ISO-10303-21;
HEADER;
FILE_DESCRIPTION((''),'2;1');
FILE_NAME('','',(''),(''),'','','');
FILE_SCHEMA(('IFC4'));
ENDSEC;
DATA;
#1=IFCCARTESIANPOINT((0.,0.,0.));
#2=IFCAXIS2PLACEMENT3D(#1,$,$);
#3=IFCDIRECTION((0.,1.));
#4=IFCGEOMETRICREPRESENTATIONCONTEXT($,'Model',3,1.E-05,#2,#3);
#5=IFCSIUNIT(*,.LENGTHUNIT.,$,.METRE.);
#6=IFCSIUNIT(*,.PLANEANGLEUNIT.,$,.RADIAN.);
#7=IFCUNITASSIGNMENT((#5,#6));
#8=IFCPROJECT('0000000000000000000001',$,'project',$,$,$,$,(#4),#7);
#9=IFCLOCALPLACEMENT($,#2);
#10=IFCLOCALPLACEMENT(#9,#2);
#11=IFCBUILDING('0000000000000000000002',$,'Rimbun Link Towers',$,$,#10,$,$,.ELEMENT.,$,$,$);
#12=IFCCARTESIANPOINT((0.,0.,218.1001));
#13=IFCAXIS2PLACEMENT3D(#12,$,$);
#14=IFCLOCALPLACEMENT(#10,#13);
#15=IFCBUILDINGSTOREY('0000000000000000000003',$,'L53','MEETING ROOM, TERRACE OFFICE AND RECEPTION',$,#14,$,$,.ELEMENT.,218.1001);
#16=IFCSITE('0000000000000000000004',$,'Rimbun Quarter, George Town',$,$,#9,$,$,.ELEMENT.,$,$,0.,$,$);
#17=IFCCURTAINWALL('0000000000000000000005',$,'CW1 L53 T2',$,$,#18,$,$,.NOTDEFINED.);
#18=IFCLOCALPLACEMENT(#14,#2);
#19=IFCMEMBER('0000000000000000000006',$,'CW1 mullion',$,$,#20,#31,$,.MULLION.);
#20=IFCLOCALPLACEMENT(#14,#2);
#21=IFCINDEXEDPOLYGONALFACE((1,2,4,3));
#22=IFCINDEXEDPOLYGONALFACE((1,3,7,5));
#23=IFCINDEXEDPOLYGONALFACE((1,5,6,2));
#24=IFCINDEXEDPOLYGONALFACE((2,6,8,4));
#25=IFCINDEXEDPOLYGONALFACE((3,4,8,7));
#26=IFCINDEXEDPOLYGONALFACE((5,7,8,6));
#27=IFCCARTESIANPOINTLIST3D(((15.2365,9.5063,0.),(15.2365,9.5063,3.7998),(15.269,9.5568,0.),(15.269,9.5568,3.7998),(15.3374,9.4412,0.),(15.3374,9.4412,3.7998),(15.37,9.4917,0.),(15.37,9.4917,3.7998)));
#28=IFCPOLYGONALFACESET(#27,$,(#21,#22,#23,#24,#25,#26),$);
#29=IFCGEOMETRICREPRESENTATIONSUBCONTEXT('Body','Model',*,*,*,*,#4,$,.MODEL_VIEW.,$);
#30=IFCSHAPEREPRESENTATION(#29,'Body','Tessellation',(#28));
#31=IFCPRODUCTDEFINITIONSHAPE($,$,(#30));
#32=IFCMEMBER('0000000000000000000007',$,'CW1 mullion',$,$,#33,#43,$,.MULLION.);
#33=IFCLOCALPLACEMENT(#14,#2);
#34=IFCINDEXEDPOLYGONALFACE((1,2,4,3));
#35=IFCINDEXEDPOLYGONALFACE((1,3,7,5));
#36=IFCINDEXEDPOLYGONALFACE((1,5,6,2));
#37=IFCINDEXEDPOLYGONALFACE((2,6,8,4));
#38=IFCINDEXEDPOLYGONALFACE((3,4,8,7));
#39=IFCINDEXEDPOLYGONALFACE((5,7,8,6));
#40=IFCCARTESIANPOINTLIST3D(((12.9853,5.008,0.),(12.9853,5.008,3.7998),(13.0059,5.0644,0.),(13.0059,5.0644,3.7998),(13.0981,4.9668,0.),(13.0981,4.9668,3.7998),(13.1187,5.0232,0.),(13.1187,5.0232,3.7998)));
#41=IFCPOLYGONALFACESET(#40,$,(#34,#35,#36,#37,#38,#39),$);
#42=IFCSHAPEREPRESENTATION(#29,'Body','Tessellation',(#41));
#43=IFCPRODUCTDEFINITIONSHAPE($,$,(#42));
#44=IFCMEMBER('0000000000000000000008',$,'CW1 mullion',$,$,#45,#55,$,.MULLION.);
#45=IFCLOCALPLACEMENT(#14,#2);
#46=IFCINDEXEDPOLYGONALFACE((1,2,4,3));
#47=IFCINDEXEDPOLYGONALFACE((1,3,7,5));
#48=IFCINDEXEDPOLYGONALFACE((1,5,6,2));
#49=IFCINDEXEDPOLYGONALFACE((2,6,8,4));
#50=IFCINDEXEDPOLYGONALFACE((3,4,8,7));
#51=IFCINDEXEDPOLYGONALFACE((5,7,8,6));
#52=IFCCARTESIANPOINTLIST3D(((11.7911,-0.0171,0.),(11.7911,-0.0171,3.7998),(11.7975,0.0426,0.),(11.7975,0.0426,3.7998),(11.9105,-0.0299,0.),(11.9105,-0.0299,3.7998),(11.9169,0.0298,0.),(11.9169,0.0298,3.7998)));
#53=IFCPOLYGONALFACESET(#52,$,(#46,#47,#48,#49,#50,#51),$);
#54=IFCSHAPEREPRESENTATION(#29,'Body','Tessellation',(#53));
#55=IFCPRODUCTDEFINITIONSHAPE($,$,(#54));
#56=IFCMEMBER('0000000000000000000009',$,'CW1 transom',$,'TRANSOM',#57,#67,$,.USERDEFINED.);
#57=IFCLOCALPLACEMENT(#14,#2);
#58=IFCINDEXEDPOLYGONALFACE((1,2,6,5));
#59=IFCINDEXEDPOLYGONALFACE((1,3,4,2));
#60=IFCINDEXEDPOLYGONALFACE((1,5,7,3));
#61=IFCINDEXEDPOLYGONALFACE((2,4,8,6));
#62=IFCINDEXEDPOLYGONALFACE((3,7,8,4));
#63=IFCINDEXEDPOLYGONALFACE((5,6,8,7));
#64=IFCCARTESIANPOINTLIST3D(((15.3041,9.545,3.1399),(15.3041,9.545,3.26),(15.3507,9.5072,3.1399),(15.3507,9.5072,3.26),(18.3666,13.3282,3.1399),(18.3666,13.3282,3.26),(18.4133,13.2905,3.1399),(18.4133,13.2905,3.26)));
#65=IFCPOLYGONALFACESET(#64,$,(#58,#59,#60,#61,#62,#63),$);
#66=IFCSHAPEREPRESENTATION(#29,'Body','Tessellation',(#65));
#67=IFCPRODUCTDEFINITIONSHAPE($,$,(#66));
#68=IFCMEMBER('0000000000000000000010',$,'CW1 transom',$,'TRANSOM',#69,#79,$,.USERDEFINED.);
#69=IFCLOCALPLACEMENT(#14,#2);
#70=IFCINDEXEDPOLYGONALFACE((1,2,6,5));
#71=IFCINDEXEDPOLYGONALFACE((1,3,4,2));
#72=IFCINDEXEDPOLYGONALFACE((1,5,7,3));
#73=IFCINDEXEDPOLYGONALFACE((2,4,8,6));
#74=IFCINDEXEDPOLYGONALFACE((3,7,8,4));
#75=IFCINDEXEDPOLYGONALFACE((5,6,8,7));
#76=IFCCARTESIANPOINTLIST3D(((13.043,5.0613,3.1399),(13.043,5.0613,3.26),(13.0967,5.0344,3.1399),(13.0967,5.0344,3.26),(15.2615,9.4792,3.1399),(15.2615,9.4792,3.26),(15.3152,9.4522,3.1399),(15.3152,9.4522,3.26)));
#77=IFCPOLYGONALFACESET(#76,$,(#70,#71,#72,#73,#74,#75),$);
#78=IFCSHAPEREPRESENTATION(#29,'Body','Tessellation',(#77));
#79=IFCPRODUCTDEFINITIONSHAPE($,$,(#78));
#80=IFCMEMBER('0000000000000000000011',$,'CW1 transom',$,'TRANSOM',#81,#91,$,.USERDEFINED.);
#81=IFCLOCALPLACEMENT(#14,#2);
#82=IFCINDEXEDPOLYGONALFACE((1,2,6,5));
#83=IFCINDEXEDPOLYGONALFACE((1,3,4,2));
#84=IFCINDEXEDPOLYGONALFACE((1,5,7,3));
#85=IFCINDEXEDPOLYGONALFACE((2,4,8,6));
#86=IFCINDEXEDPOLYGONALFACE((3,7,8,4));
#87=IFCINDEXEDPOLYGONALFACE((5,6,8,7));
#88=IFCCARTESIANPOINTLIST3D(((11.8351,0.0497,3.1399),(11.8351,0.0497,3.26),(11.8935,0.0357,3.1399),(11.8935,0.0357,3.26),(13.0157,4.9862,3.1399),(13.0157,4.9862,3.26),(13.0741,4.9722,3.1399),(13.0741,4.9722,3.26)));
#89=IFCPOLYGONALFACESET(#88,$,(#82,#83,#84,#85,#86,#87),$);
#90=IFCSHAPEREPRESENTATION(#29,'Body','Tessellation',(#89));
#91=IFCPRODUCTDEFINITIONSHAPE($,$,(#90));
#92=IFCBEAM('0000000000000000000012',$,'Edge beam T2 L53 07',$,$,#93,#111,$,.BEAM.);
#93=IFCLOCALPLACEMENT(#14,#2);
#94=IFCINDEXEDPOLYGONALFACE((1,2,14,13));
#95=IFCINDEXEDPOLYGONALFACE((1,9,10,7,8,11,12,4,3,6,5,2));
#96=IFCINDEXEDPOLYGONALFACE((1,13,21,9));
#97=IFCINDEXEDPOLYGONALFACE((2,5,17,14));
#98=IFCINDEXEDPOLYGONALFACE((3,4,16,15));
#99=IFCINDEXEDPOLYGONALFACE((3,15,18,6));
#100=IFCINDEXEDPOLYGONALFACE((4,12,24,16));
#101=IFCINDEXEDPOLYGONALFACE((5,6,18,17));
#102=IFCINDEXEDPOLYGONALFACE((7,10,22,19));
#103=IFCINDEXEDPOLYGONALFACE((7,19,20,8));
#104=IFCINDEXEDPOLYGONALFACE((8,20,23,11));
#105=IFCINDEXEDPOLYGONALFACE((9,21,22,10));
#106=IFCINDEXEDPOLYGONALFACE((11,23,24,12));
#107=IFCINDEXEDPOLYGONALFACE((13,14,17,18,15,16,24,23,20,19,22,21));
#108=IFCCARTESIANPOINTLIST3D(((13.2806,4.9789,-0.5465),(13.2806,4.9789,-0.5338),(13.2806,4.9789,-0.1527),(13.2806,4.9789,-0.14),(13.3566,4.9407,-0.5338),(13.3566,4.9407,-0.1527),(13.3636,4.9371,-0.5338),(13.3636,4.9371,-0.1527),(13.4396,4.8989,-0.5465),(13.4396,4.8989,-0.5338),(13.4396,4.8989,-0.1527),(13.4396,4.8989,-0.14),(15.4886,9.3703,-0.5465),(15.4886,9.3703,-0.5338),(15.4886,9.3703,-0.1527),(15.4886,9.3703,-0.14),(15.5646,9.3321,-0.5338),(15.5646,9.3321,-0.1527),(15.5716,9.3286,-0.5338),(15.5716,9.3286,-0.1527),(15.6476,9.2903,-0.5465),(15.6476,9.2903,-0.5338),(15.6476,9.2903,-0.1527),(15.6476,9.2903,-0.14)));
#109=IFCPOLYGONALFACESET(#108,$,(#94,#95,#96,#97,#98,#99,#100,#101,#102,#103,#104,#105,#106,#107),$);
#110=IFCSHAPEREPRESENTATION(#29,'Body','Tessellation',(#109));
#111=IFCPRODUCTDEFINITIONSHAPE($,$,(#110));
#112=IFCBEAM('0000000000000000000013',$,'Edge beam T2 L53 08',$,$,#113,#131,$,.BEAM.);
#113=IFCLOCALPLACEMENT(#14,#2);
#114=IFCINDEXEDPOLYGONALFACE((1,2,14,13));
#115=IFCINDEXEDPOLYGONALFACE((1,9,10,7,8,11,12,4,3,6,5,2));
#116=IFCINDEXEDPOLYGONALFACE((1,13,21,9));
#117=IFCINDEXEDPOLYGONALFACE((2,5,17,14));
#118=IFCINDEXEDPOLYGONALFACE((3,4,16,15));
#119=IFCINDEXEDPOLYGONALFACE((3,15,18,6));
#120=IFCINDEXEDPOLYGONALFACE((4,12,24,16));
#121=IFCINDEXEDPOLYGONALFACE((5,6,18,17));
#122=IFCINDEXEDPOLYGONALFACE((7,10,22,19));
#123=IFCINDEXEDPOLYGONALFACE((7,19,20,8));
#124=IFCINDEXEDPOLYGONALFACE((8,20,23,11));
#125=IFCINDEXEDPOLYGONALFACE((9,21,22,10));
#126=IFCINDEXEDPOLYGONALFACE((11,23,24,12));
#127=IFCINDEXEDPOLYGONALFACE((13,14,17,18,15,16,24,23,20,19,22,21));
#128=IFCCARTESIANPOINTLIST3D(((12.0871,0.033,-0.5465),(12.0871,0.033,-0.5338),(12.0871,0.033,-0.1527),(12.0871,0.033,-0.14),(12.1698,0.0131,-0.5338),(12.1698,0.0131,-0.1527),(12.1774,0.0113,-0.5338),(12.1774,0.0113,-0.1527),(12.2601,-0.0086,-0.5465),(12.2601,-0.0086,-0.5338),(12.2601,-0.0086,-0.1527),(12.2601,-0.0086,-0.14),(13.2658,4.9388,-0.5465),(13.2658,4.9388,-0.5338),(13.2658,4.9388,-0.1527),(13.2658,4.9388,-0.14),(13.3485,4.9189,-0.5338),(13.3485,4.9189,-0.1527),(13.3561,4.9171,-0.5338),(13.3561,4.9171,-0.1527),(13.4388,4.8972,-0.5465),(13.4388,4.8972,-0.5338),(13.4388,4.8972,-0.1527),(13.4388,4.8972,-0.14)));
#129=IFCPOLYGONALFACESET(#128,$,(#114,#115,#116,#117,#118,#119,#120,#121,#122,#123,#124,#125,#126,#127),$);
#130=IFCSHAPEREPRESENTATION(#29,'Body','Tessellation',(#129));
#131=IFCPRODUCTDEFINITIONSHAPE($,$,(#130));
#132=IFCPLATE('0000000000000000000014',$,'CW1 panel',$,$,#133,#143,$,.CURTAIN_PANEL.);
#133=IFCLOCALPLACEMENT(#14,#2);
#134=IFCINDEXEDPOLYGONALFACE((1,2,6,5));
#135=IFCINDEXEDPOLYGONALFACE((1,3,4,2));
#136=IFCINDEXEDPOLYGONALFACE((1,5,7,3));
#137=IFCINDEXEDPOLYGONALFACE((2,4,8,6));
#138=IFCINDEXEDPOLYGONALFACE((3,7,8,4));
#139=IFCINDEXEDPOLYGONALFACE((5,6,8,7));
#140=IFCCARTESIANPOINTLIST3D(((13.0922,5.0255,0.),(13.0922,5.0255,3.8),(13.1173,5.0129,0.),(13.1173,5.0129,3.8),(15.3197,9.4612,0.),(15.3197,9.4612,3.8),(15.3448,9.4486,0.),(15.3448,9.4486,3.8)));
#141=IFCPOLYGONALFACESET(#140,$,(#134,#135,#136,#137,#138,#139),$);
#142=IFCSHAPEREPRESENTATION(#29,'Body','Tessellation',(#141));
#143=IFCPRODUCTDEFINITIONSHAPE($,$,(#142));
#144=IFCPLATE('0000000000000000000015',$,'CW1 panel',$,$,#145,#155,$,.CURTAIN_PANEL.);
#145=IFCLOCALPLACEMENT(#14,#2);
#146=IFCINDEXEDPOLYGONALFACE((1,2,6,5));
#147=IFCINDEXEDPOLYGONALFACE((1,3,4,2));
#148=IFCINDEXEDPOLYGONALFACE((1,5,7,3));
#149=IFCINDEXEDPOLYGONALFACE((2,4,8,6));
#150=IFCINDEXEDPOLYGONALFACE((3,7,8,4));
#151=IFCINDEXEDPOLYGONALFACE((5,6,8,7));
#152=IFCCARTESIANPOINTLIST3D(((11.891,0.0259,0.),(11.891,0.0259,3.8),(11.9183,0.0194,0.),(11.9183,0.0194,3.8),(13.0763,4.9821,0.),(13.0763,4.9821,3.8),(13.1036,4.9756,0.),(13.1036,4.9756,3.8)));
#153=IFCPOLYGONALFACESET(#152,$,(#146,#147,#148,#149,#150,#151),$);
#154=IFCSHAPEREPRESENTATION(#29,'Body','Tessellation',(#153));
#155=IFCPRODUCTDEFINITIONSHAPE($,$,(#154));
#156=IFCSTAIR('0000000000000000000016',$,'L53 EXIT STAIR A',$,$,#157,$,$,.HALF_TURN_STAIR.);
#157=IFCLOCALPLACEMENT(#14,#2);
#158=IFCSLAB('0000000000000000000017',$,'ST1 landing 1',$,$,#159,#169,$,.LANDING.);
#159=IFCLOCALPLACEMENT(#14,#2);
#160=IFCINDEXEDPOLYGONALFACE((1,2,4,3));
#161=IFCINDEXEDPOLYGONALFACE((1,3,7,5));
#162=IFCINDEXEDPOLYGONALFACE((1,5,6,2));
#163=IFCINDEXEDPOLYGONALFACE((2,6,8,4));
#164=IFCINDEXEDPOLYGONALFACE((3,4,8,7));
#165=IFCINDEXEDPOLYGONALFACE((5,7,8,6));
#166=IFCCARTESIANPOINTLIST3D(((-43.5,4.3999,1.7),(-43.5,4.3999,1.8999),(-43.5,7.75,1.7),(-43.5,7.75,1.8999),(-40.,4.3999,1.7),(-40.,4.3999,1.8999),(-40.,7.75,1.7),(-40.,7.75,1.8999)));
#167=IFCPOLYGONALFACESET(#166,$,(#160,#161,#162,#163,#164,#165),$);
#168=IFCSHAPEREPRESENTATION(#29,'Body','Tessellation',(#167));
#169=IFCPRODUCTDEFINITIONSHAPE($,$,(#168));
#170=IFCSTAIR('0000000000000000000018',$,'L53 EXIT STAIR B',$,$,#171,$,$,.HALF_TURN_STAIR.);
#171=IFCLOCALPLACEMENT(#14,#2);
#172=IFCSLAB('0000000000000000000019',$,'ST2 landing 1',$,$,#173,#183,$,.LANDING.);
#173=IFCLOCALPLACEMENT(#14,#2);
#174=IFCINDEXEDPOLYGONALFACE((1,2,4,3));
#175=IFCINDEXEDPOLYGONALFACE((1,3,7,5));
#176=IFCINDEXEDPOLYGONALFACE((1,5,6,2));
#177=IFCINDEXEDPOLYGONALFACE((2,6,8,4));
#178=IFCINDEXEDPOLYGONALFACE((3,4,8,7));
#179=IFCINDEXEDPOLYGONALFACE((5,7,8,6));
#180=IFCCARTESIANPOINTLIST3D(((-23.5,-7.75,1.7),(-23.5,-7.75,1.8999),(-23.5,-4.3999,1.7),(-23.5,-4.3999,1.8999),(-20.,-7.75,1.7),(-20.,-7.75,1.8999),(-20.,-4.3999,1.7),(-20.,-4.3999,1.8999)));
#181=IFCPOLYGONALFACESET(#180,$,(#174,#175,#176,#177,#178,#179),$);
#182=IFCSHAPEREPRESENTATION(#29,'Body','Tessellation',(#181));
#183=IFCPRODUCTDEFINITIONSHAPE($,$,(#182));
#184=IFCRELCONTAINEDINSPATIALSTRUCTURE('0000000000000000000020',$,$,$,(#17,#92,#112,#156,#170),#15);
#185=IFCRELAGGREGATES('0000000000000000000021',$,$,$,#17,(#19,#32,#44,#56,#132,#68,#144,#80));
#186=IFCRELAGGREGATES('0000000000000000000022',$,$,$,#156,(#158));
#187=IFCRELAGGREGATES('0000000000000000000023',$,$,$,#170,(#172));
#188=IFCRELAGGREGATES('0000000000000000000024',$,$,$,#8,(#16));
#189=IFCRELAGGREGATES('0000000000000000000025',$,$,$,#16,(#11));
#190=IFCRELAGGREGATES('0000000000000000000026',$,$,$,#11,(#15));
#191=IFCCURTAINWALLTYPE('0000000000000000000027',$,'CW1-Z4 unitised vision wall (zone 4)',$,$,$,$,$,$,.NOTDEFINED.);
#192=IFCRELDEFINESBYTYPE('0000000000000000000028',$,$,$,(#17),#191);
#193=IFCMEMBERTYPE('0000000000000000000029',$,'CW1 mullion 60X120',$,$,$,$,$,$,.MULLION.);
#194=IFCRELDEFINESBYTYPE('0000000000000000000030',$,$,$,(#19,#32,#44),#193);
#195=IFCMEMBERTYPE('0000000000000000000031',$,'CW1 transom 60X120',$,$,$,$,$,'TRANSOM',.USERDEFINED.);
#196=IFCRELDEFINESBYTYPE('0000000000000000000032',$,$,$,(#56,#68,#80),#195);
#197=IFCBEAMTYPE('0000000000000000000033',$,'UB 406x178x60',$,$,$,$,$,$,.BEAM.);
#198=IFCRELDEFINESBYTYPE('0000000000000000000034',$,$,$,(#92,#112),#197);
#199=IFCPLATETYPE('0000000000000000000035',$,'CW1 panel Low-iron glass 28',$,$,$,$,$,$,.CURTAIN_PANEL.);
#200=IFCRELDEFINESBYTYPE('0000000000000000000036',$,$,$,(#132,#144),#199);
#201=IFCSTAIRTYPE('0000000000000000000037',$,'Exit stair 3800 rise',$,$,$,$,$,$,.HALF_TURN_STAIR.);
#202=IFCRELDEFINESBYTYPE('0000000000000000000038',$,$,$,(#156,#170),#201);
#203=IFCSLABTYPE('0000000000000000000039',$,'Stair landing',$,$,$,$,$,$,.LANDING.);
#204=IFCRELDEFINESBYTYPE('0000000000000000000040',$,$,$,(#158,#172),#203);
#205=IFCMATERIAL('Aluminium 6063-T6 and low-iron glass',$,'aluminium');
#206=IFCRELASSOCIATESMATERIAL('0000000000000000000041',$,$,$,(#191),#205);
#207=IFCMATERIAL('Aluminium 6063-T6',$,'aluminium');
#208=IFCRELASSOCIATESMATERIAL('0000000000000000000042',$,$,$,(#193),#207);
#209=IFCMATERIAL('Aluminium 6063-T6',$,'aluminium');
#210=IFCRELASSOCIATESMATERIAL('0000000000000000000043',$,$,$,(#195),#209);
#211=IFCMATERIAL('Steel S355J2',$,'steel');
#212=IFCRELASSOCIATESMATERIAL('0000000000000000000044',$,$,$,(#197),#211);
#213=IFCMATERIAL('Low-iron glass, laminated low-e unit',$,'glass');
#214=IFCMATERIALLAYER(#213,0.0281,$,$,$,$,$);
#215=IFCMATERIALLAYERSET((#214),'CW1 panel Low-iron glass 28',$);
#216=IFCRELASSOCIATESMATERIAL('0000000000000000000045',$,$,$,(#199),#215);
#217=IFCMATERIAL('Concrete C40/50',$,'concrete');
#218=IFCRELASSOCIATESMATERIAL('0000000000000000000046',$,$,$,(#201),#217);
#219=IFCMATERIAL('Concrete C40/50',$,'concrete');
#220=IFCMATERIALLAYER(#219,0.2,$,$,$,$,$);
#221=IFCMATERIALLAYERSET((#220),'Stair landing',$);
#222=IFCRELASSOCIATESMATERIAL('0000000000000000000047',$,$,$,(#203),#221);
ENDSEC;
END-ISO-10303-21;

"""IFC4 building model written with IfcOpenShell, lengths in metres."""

from ifc_helpers import new_model, si_unit, direction, frame, origin, origin_2d, place, context, subcontext, project, spatial, polyline, rectangle, i_section, outline, extrude, material, layer, layer_set, material_profile, profile_set, type_object, element, aggregate, save


model = new_model("IFC4")

# Units and contexts
model_context = context("Model", 3, precision=1e-05, world=origin(), true_north=direction((0.0, 1.0)))
body_context = subcontext(model_context, "Body", "Model", "MODEL_VIEW")
ifc_project = project(units=[si_unit("LENGTHUNIT", "METRE"), si_unit("PLANEANGLEUNIT", "RADIAN")], contexts=[model_context])

# Site, building, storey
site_placement = place(None, origin())
site = spatial("IfcSite", under=ifc_project, at=site_placement, Name="Rimbun Quarter, George Town", CompositionType="ELEMENT", RefElevation=0.0)
building_placement = place(site_placement, origin())
building = spatial("IfcBuilding", under=site, at=building_placement, Name="Rimbun Link Towers", CompositionType="ELEMENT")
storey_placement = place(building_placement, frame((0.0, 0.0, 218.1001)))
storey = spatial("IfcBuildingStorey", under=building, at=storey_placement, Name="L53", Description="MEETING ROOM, TERRACE OFFICE AND RECEPTION", CompositionType="ELEMENT", Elevation=218.1001)

# Curtain wall, members
ifc_material_1 = material(Name="Aluminium 6063-T6 and low-iron glass", Category="aluminium")
curtain_wall_type = type_object("IfcCurtainWallType", Name="CW1-Z4 unitised vision wall (zone 4)", PredefinedType="NOTDEFINED", material=ifc_material_1)
curtain_wall_placement = place(storey_placement, origin())
curtain_wall = element("IfcCurtainWall", 1, at=curtain_wall_placement, inside=storey, type_object=curtain_wall_type, Name="CW1 L53 T2", PredefinedType="NOTDEFINED")
ifc_material_2 = material(Name="Aluminium 6063-T6", Category="aluminium")
ifc_material_profile_1 = material_profile(ifc_material_2, rectangle(XDim=0.1201, YDim=0.0601, at=origin_2d()), Name="MULLION 60X120")
ifc_profile_set_1 = profile_set([ifc_material_profile_1], Name="Aluminium 6063-T6")
member_type_1 = type_object("IfcMemberType", Name="CW1 mullion 60X120", PredefinedType="MULLION", material=ifc_profile_set_1)
member_1_placement = place(storey_placement, frame((15.3032, 9.499, 0.0), z_axis=(0.0, 0.0, 1.0), x_axis=(-0.840314, 0.5421, 0.0)))
member_1 = element("IfcMember", 2, at=member_1_placement, type_object=member_type_1, Name="CW1 mullion", PredefinedType="MULLION", context=body_context, shape_type="SweptSolid", body=[
    extrude(rectangle(XDim=0.1201, YDim=0.0601, at=origin_2d()), origin(), (0.0, 0.0, 1.0), 3.7998),
])
member_2_placement = place(storey_placement, frame((13.052, 5.0156, 0.0), z_axis=(0.0, 0.0, 1.0), x_axis=(-0.93935, 0.34296, 0.0)))
member_2 = element("IfcMember", 3, at=member_2_placement, type_object=member_type_1, Name="CW1 mullion", PredefinedType="MULLION", context=body_context, shape_type="SweptSolid", body=[
    extrude(rectangle(XDim=0.1201, YDim=0.0601, at=origin_2d()), origin(), (0.0, 0.0, 1.0), 3.7998),
])
member_3_placement = place(storey_placement, frame((11.854, 0.0063, 0.0), z_axis=(0.0, 0.0, 1.0), x_axis=(-0.994297, 0.106644, 0.0)))
member_3 = element("IfcMember", 4, at=member_3_placement, type_object=member_type_1, Name="CW1 mullion", PredefinedType="MULLION", context=body_context, shape_type="SweptSolid", body=[
    extrude(rectangle(XDim=0.1201, YDim=0.0601, at=origin_2d()), origin(), (0.0, 0.0, 1.0), 3.7998),
])
ifc_material_3 = material(Name="Aluminium 6063-T6", Category="aluminium")
ifc_material_profile_2 = material_profile(ifc_material_3, rectangle(XDim=0.0601, YDim=0.1201, at=origin_2d()), Name="TRANSOM 60X120")
ifc_profile_set_2 = profile_set([ifc_material_profile_2], Name="Aluminium 6063-T6")
member_type_2 = type_object("IfcMemberType", Name="CW1 transom 60X120", ElementType="TRANSOM", PredefinedType="USERDEFINED", material=ifc_profile_set_2)
member_4_placement = place(storey_placement, frame((15.3274, 9.5261, 3.2), z_axis=(0.629187, 0.777254, 0.0), x_axis=(-0.777254, 0.629187, 0.0)))
member_4 = element("IfcMember", 5, at=member_4_placement, type_object=member_type_2, Name="CW1 transom", ObjectType="TRANSOM", PredefinedType="USERDEFINED", context=body_context, shape_type="SweptSolid", body=[
    extrude(rectangle(XDim=0.0601, YDim=0.1201, at=origin_2d()), origin(), (0.0, 0.0, 1.0), 4.8674),
])
member_5_placement = place(storey_placement, frame((13.0698, 5.0479, 3.2), z_axis=(0.448774, 0.893646, 0.0), x_axis=(-0.893646, 0.448774, 0.0)))
member_5 = element("IfcMember", 6, at=member_5_placement, type_object=member_type_2, Name="CW1 transom", ObjectType="TRANSOM", PredefinedType="USERDEFINED", context=body_context, shape_type="SweptSolid", body=[
    extrude(rectangle(XDim=0.0601, YDim=0.1201, at=origin_2d()), origin(), (0.0, 0.0, 1.0), 4.9436),
])
member_6_placement = place(storey_placement, frame((11.8643, 0.0427, 3.2), z_axis=(0.232609, 0.97257, 0.0), x_axis=(-0.97257, 0.232609, 0.0)))
member_6 = element("IfcMember", 7, at=member_6_placement, type_object=member_type_2, Name="CW1 transom", ObjectType="TRANSOM", PredefinedType="USERDEFINED", context=body_context, shape_type="SweptSolid", body=[
    extrude(rectangle(XDim=0.0601, YDim=0.1201, at=origin_2d()), origin(), (0.0, 0.0, 1.0), 5.0757),
])

# Beams
ifc_material_4 = material(Name="Steel S355J2", Category="steel")
ifc_material_profile_3 = material_profile(ifc_material_4, i_section(OverallWidth=0.178, OverallDepth=0.4065, WebThickness=0.0078, FlangeThickness=0.0127, at=origin_2d()), Name="UB 406x178x60")
ifc_profile_set_3 = profile_set([ifc_material_profile_3], Name="Steel S355J2")
beam_type = type_object("IfcBeamType", Name="UB 406x178x60", PredefinedType="BEAM", material=ifc_profile_set_3)
beam_1_placement = place(storey_placement, frame((15.5681, 9.3303, -0.3433), z_axis=(-0.449219, -0.893422, 0.0), x_axis=(0.893422, -0.449219, 0.0)))
element("IfcBeam", 8, at=beam_1_placement, inside=storey, type_object=beam_type, Name="Edge beam T2 L53 07", PredefinedType="BEAM", context=body_context, shape_type="SweptSolid", body=[
    extrude(i_section(OverallWidth=0.178, OverallDepth=0.4065, WebThickness=0.0078, FlangeThickness=0.0127, at=origin_2d()), origin(), (0.0, 0.0, 1.0), 4.9153),
])
beam_2_placement = place(storey_placement, frame((13.3523, 4.918, -0.3433), z_axis=(-0.233622, -0.972328, 0.0), x_axis=(0.972328, -0.233622, 0.0)))
element("IfcBeam", 9, at=beam_2_placement, inside=storey, type_object=beam_type, Name="Edge beam T2 L53 08", PredefinedType="BEAM", context=body_context, shape_type="SweptSolid", body=[
    extrude(i_section(OverallWidth=0.178, OverallDepth=0.4065, WebThickness=0.0078, FlangeThickness=0.0127, at=origin_2d()), origin(), (0.0, 0.0, 1.0), 5.0454),
])

# Plates
ifc_material_5 = material(Name="Low-iron glass, laminated low-e unit", Category="glass")
ifc_layer_1 = layer(ifc_material_5, 0.0281)
ifc_layer_set_1 = layer_set([ifc_layer_1], Name="CW1 panel Low-iron glass 28")
plate_type = type_object("IfcPlateType", Name="CW1 panel Low-iron glass 28", PredefinedType="CURTAIN_PANEL", material=ifc_layer_set_1)
plate_1_placement = place(storey_placement, frame((14.2185, 7.2371, 0.0), z_axis=(0.0, 0.0, 1.0), x_axis=(0.448764, 0.89365, 0.0)))
plate_1 = element("IfcPlate", 10, at=plate_1_placement, type_object=plate_type, Name="CW1 panel", PredefinedType="CURTAIN_PANEL", context=body_context, shape_type="SweptSolid", body=[
    extrude(rectangle(XDim=4.9636, YDim=0.0281, at=origin_2d()), origin(), (0.0, 0.0, 1.0), 3.8),
])
plate_2_placement = place(storey_placement, frame((12.4973, 2.5007, 0.0), z_axis=(0.0, 0.0, 1.0), x_axis=(0.2326, 0.972573, 0.0)))
plate_2 = element("IfcPlate", 11, at=plate_2_placement, type_object=plate_type, Name="CW1 panel", PredefinedType="CURTAIN_PANEL", context=body_context, shape_type="SweptSolid", body=[
    extrude(rectangle(XDim=5.0959, YDim=0.0281, at=origin_2d()), origin(), (0.0, 0.0, 1.0), 3.8),
])
aggregate(curtain_wall, [member_1, member_2, member_3, member_4, plate_1, member_5, plate_2, member_6])

# Stairs, slabs
ifc_material_6 = material(Name="Concrete C40/50", Category="concrete")
stair_type = type_object("IfcStairType", Name="Exit stair 3800 rise", PredefinedType="HALF_TURN_STAIR", material=ifc_material_6)
stair_1_placement = place(storey_placement, origin())
stair_1 = element("IfcStair", 12, at=stair_1_placement, inside=storey, type_object=stair_type, Name="L53 EXIT STAIR A", PredefinedType="HALF_TURN_STAIR")
ifc_material_7 = material(Name="Concrete C40/50", Category="concrete")
ifc_layer_2 = layer(ifc_material_7, 0.2)
ifc_layer_set_2 = layer_set([ifc_layer_2], Name="Stair landing")
slab_type = type_object("IfcSlabType", Name="Stair landing", PredefinedType="LANDING", material=ifc_layer_set_2)
slab_1_placement = place(storey_placement, frame((0.0, 0.0, 1.7)))
slab_1 = element("IfcSlab", 13, at=slab_1_placement, type_object=slab_type, Name="ST1 landing 1", PredefinedType="LANDING", context=body_context, shape_type="SweptSolid", body=[
    extrude(outline(polyline([(-40.0, 7.75), (-43.5, 7.75), (-43.5, 4.3999), (-40.0, 4.3999), (-40.0, 7.75)])), origin(), (0.0, 0.0, 1.0), 0.2),
])
aggregate(stair_1, [slab_1])
stair_2_placement = place(storey_placement, origin())
stair_2 = element("IfcStair", 14, at=stair_2_placement, inside=storey, type_object=stair_type, Name="L53 EXIT STAIR B", PredefinedType="HALF_TURN_STAIR")
slab_2_placement = place(storey_placement, frame((0.0, 0.0, 1.7)))
slab_2 = element("IfcSlab", 15, at=slab_2_placement, type_object=slab_type, Name="ST2 landing 1", PredefinedType="LANDING", context=body_context, shape_type="SweptSolid", body=[
    extrude(outline(polyline([(-23.5, -7.75), (-20.0, -7.75), (-20.0, -4.3999), (-23.5, -4.3999), (-23.5, -7.75)])), origin(), (0.0, 0.0, 1.0), 0.2),
])
aggregate(stair_2, [slab_2])

save(model, "model.ifc")
